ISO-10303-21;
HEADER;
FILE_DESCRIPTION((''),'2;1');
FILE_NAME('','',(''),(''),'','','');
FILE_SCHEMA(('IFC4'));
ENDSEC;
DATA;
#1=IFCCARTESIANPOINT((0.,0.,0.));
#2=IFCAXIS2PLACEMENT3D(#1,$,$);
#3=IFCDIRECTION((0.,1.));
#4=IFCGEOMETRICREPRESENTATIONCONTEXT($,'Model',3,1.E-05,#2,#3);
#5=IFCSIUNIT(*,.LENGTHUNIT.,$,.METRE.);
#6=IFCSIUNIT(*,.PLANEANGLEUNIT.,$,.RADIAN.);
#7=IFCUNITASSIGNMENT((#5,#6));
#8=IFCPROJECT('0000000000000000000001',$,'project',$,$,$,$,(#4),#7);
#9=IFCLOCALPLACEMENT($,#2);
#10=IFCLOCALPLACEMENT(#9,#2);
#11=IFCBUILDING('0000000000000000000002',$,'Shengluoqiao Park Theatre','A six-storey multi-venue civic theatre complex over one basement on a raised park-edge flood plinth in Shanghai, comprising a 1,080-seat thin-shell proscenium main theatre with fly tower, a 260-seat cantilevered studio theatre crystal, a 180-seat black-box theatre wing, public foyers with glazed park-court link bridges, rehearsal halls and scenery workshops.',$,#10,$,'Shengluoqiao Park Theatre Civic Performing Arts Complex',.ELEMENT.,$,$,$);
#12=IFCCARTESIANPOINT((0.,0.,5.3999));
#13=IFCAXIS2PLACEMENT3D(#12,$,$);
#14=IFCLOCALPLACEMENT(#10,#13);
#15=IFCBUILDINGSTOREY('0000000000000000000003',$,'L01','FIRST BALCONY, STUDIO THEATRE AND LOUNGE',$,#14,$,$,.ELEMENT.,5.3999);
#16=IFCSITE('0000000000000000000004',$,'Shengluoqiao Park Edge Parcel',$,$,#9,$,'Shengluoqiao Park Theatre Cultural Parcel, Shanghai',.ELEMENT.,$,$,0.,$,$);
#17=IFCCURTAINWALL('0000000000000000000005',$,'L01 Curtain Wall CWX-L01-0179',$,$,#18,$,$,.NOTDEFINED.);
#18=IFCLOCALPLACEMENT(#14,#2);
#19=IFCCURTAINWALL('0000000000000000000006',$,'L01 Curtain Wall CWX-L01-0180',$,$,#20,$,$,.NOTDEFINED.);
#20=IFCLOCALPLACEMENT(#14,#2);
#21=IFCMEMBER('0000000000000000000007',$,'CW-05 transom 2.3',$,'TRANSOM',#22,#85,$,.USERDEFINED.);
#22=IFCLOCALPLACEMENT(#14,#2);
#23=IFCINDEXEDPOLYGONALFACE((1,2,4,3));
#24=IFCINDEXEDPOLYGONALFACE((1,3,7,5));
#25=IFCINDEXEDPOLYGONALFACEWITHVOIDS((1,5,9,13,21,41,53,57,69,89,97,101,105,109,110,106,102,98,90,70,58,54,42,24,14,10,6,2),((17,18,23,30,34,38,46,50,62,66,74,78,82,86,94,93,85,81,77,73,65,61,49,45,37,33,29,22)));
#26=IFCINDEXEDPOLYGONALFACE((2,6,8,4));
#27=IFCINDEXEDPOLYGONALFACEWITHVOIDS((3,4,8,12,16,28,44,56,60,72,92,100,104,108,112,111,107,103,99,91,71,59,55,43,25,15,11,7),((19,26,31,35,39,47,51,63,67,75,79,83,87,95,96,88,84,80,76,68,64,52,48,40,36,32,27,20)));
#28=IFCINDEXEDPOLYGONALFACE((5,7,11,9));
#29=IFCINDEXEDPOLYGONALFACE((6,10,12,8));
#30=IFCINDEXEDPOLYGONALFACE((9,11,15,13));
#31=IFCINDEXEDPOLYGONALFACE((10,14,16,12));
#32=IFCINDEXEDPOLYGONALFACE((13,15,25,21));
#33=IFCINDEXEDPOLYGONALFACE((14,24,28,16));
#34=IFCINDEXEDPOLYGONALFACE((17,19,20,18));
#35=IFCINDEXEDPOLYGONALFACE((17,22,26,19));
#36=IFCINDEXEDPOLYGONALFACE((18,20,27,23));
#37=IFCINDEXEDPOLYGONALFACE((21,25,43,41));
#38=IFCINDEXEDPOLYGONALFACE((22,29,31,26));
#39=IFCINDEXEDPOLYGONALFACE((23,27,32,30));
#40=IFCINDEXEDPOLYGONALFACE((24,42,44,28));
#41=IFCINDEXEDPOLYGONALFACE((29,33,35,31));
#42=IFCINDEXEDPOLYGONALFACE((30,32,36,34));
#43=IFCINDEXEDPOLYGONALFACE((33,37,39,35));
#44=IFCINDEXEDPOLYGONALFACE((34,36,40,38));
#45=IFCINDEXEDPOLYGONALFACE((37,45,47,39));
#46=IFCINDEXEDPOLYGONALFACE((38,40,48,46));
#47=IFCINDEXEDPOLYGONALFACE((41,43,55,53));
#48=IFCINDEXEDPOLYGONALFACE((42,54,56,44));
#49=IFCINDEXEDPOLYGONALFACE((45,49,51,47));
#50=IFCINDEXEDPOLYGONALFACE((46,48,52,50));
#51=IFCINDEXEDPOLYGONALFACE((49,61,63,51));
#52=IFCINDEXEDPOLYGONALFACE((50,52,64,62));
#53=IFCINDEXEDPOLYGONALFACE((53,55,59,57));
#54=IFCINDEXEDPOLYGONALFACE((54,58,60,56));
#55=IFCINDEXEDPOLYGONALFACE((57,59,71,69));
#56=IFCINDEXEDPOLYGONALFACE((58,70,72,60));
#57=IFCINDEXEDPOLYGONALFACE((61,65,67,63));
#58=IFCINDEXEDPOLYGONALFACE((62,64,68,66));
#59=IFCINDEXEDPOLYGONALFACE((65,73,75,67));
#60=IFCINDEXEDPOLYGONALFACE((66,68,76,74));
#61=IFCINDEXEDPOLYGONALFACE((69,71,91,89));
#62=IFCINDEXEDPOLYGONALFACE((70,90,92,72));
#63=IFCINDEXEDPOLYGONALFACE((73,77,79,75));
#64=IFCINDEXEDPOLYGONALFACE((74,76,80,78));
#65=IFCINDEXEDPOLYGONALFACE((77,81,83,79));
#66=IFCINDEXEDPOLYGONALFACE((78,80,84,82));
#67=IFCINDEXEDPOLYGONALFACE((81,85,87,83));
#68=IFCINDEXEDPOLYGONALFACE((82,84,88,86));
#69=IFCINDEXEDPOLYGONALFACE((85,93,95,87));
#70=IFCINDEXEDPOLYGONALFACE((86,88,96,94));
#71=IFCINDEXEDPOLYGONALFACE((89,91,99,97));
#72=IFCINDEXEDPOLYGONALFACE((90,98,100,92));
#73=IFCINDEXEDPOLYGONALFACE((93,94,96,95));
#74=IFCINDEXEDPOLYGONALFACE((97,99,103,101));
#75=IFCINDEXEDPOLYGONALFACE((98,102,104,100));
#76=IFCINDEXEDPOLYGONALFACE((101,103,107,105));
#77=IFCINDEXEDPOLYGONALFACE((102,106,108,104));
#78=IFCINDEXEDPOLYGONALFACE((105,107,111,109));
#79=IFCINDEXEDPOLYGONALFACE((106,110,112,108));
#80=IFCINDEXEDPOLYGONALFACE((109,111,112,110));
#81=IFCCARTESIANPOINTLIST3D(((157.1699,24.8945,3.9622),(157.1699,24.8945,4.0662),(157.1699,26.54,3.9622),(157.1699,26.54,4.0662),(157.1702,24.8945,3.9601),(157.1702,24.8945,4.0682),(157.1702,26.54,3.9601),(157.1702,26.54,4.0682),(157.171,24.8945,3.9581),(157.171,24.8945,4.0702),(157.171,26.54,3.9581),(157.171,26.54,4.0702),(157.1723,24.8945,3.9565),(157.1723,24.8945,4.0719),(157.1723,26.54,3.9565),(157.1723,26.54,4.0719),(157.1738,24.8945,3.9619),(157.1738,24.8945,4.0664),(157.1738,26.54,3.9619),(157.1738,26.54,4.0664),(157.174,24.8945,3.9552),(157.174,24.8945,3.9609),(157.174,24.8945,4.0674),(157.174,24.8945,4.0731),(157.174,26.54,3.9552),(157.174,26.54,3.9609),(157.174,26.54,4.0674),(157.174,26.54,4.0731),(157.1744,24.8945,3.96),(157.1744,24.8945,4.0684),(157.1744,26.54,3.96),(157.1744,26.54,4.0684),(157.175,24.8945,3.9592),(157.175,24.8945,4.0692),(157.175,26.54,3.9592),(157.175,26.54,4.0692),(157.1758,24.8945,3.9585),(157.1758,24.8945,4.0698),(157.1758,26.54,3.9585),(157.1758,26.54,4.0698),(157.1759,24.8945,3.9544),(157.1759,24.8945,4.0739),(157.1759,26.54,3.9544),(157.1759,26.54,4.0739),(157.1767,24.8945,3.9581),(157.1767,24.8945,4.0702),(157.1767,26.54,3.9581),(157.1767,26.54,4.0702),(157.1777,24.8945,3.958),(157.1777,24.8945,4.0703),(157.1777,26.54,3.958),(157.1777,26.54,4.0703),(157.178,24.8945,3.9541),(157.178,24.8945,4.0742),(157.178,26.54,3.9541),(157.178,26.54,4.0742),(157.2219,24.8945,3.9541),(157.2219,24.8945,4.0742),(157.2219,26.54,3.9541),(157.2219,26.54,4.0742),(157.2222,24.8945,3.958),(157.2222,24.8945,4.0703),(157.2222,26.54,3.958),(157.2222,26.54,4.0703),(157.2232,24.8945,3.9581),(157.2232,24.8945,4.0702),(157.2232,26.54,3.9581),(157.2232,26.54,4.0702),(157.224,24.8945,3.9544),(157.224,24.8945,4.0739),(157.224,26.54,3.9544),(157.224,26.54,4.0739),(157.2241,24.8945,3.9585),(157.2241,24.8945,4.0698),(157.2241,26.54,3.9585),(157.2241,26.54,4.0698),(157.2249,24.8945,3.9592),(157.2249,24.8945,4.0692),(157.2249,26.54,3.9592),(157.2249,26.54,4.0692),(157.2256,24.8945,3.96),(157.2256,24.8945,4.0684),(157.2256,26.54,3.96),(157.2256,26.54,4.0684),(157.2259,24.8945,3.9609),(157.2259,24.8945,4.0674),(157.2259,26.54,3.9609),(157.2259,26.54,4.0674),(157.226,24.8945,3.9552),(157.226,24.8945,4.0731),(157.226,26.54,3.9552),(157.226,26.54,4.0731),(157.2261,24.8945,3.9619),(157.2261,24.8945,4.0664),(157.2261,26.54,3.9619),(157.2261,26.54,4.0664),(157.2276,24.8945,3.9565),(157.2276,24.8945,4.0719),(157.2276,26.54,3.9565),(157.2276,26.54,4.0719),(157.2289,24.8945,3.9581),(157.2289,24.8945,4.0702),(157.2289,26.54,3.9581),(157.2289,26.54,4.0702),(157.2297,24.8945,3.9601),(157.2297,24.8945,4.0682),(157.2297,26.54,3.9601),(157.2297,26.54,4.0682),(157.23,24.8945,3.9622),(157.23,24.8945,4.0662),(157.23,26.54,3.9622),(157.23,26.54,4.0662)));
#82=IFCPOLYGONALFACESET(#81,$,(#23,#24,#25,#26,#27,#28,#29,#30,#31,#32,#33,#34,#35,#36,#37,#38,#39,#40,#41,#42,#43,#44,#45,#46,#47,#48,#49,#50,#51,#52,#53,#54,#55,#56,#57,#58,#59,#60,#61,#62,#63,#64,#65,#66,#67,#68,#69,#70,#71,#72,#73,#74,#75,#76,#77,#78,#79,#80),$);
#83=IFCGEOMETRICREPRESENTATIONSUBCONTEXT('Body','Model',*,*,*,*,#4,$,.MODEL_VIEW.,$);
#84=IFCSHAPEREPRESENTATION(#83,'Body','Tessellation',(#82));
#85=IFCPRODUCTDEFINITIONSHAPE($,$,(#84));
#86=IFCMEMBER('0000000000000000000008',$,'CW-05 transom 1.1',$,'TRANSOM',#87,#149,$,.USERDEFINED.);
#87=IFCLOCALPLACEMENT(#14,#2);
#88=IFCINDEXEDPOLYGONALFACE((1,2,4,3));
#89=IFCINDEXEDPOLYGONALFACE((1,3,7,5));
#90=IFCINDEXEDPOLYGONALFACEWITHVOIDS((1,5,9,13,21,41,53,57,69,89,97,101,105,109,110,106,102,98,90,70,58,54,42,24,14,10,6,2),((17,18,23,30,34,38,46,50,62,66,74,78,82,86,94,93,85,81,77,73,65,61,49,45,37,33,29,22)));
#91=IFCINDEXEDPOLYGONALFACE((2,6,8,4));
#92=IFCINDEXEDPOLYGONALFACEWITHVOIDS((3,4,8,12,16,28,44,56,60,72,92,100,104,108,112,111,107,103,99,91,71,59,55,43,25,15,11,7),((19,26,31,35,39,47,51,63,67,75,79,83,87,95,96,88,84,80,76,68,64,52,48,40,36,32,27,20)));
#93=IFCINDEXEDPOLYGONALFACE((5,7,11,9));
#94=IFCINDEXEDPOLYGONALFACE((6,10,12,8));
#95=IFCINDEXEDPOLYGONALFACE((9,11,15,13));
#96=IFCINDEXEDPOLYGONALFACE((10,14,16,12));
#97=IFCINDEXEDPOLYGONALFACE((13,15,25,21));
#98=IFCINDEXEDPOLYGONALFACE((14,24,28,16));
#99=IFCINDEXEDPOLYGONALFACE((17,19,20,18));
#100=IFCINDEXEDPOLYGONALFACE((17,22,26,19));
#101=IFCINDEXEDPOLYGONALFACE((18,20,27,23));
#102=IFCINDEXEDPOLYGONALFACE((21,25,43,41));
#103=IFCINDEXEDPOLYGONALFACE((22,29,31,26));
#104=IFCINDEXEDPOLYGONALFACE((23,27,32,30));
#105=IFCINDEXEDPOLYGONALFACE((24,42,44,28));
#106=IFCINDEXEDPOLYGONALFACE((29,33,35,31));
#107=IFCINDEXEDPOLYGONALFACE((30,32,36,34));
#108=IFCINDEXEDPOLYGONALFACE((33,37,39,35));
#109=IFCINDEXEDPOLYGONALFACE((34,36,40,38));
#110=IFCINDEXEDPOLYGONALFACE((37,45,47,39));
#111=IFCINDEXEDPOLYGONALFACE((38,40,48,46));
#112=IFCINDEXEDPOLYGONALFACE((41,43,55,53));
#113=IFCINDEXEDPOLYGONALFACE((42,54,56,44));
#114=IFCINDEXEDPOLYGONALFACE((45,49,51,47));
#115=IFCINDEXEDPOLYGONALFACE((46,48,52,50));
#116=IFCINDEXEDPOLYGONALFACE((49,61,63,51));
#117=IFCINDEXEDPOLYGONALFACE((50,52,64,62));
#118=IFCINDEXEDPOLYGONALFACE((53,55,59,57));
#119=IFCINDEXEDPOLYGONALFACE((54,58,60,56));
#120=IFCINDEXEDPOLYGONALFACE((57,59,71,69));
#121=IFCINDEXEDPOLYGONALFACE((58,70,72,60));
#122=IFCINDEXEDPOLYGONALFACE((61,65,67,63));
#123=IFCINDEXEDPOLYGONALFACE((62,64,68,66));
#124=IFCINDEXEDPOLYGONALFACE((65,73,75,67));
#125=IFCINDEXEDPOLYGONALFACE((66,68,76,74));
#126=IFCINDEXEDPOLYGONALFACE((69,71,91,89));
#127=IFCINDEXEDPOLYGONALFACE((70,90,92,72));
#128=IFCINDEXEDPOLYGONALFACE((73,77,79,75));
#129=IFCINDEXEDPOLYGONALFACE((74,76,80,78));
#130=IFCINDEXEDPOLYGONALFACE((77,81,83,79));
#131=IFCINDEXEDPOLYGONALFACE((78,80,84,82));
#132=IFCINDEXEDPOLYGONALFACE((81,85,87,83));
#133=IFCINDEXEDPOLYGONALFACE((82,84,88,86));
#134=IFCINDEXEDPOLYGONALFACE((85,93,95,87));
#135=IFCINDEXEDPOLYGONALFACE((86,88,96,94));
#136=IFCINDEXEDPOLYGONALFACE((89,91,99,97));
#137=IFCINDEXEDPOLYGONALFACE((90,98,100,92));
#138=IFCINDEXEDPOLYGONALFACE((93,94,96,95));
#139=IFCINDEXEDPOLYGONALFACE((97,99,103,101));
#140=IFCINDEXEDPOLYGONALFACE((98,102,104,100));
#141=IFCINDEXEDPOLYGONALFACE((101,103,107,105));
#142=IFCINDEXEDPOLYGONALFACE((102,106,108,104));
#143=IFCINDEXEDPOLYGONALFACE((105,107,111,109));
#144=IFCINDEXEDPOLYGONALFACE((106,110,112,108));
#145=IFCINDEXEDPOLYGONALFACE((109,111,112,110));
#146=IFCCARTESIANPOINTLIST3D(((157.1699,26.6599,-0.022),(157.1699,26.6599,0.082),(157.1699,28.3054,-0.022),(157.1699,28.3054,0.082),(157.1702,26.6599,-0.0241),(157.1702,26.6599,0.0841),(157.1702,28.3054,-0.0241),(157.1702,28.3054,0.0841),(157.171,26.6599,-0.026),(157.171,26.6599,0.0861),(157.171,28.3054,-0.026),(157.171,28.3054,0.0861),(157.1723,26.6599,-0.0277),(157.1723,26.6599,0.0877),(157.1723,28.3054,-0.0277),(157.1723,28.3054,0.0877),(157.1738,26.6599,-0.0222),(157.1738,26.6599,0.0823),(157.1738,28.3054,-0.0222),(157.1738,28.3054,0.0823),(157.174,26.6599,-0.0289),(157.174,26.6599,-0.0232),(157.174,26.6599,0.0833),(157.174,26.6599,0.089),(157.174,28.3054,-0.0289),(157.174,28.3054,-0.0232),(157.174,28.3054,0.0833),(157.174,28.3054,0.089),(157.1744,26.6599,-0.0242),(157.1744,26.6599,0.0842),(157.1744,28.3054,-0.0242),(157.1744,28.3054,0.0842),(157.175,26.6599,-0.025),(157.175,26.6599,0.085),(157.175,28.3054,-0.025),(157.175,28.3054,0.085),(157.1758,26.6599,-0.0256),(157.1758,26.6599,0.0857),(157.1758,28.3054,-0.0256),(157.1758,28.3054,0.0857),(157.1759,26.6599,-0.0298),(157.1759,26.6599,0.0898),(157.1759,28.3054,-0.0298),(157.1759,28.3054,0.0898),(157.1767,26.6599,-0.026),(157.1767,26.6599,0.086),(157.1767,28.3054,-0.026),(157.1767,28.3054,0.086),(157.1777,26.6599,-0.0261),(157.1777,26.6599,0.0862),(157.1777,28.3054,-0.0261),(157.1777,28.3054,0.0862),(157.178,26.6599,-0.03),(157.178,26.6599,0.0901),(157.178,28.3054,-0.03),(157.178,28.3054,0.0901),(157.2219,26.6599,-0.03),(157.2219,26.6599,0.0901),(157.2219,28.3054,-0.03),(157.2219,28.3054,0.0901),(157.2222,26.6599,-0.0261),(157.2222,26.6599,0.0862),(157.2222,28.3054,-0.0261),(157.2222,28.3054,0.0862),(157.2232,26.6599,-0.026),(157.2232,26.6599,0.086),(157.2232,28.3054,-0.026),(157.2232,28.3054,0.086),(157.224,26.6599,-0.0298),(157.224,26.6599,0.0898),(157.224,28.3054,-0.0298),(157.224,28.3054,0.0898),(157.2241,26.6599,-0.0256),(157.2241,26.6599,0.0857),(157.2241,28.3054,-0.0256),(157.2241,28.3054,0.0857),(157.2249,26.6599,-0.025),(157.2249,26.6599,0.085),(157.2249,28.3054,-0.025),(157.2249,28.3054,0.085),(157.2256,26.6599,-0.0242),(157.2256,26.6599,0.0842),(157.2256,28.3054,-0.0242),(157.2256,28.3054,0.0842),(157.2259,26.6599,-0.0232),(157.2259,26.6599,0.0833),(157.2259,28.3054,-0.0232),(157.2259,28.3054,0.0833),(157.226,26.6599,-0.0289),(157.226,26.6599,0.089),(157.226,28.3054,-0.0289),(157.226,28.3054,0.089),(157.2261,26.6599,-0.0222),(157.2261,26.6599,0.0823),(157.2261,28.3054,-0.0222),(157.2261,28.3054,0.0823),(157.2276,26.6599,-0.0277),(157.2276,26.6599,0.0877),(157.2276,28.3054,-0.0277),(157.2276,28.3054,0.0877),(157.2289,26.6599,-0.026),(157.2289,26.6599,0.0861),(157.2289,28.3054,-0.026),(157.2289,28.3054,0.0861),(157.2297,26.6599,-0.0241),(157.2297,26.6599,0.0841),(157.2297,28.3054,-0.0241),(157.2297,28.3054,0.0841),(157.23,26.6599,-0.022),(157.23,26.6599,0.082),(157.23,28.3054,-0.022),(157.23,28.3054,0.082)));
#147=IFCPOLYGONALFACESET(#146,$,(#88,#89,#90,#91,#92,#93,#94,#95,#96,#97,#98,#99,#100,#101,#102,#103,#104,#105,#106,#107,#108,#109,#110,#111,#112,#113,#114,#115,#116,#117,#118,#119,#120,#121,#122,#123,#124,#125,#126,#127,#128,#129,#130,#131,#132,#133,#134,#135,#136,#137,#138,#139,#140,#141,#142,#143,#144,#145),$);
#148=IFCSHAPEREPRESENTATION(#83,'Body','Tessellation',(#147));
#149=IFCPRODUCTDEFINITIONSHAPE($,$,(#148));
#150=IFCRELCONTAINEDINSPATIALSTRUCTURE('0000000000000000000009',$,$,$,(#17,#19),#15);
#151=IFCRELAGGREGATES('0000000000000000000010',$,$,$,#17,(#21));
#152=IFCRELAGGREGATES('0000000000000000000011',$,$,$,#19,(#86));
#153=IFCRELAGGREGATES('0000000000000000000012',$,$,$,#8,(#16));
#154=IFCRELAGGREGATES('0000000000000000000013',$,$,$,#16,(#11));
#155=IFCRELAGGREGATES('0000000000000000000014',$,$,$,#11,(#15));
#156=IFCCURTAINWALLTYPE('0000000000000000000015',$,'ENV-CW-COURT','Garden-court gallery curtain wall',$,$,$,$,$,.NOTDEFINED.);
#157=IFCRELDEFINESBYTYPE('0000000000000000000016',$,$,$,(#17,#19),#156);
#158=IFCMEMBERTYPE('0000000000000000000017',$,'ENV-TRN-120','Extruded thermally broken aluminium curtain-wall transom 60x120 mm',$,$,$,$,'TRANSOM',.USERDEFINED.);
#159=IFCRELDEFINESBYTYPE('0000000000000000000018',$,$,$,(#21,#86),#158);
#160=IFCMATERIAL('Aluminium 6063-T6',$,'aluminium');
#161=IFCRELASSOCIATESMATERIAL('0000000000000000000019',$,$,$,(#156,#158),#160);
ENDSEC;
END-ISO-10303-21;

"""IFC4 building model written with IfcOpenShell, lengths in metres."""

from ifc_helpers import new_model, si_unit, direction, frame, origin, origin_2d, place, context, subcontext, project, spatial, hollow_rectangle, extrude, material, material_profile, profile_set, type_object, element, aggregate, save


model = new_model("IFC4")

# Units and contexts
model_context = context("Model", 3, precision=1e-05, world=origin(), true_north=direction((0.0, 1.0)))
body_context = subcontext(model_context, "Body", "Model", "MODEL_VIEW")
ifc_project = project(units=[si_unit("LENGTHUNIT", "METRE"), si_unit("PLANEANGLEUNIT", "RADIAN")], contexts=[model_context])

# Site, building, storey
site_placement = place(None, origin())
site = spatial("IfcSite", under=ifc_project, at=site_placement, Name="Shengluoqiao Park Edge Parcel", LongName="Shengluoqiao Park Theatre Cultural Parcel, Shanghai", CompositionType="ELEMENT", RefElevation=0.0)
building_placement = place(site_placement, origin())
building = spatial("IfcBuilding", under=site, at=building_placement, Name="Shengluoqiao Park Theatre", Description="A six-storey multi-venue civic theatre complex over one basement on a raised park-edge flood plinth in Shanghai, comprising a 1,080-seat thin-shell proscenium main theatre with fly tower, a 260-seat cantilevered studio theatre crystal, a 180-seat black-box theatre wing, public foyers with glazed park-court link bridges, rehearsal halls and scenery workshops.", LongName="Shengluoqiao Park Theatre Civic Performing Arts Complex", CompositionType="ELEMENT")
storey_placement = place(building_placement, frame((0.0, 0.0, 5.3999)))
storey = spatial("IfcBuildingStorey", under=building, at=storey_placement, Name="L01", Description="FIRST BALCONY, STUDIO THEATRE AND LOUNGE", CompositionType="ELEMENT", Elevation=5.3999)

# Curtain walls
ifc_material_1 = material(Name="Aluminium 6063-T6", Category="aluminium")
curtain_wall_type = type_object("IfcCurtainWallType", Name="ENV-CW-COURT", Description="Garden-court gallery curtain wall", PredefinedType="NOTDEFINED", material=ifc_material_1)
curtain_wall_1_placement = place(storey_placement, origin())
curtain_wall_1 = element("IfcCurtainWall", 1, at=curtain_wall_1_placement, inside=storey, type_object=curtain_wall_type, Name="L01 Curtain Wall CWX-L01-0179", PredefinedType="NOTDEFINED")
curtain_wall_2_placement = place(storey_placement, origin())
curtain_wall_2 = element("IfcCurtainWall", 2, at=curtain_wall_2_placement, inside=storey, type_object=curtain_wall_type, Name="L01 Curtain Wall CWX-L01-0180", PredefinedType="NOTDEFINED")

# Members
ifc_material_profile_1 = material_profile(ifc_material_1, hollow_rectangle(XDim=0.0601, YDim=0.1201, WallThickness=0.0039, InnerFilletRadius=0.0039, OuterFilletRadius=0.0081, at=origin_2d()), Name="ALU TRANSOM 120x60x4")
ifc_profile_set_1 = profile_set([ifc_material_profile_1], Name="Aluminium 6063-T6")
member_type_1 = type_object("IfcMemberType", Name="ENV-TRN-120", Description="Extruded thermally broken aluminium curtain-wall transom 60x120 mm", ElementType="TRANSOM", PredefinedType="USERDEFINED", material=ifc_profile_set_1)
member_1_placement = place(storey_placement, frame((157.2, 24.8945, 4.0142), z_axis=(0.0, 1.0, 0.0), x_axis=(-1.0, 0.0, 0.0)))
member_1 = element("IfcMember", 3, at=member_1_placement, type_object=member_type_1, Name="CW-05 transom 2.3", ObjectType="TRANSOM", PredefinedType="USERDEFINED", context=body_context, shape_type="SweptSolid", body=[
    extrude(hollow_rectangle(XDim=0.0601, YDim=0.1201, WallThickness=0.0039, InnerFilletRadius=0.0039, OuterFilletRadius=0.0081, at=origin_2d()), origin(), (0.0, 0.0, 1.0), 1.6455),
])
member_2_placement = place(storey_placement, frame((157.2, 26.6599, 0.03), z_axis=(0.0, 1.0, 0.0), x_axis=(-1.0, 0.0, 0.0)))
member_2 = element("IfcMember", 4, at=member_2_placement, type_object=member_type_1, Name="CW-05 transom 1.1", ObjectType="TRANSOM", PredefinedType="USERDEFINED", context=body_context, shape_type="SweptSolid", body=[
    extrude(hollow_rectangle(XDim=0.0601, YDim=0.1201, WallThickness=0.0039, InnerFilletRadius=0.0039, OuterFilletRadius=0.0081, at=origin_2d()), origin(), (0.0, 0.0, 1.0), 1.6455),
])

aggregate(curtain_wall_1, [member_1])
aggregate(curtain_wall_2, [member_2])

save(model, "model.ifc")
